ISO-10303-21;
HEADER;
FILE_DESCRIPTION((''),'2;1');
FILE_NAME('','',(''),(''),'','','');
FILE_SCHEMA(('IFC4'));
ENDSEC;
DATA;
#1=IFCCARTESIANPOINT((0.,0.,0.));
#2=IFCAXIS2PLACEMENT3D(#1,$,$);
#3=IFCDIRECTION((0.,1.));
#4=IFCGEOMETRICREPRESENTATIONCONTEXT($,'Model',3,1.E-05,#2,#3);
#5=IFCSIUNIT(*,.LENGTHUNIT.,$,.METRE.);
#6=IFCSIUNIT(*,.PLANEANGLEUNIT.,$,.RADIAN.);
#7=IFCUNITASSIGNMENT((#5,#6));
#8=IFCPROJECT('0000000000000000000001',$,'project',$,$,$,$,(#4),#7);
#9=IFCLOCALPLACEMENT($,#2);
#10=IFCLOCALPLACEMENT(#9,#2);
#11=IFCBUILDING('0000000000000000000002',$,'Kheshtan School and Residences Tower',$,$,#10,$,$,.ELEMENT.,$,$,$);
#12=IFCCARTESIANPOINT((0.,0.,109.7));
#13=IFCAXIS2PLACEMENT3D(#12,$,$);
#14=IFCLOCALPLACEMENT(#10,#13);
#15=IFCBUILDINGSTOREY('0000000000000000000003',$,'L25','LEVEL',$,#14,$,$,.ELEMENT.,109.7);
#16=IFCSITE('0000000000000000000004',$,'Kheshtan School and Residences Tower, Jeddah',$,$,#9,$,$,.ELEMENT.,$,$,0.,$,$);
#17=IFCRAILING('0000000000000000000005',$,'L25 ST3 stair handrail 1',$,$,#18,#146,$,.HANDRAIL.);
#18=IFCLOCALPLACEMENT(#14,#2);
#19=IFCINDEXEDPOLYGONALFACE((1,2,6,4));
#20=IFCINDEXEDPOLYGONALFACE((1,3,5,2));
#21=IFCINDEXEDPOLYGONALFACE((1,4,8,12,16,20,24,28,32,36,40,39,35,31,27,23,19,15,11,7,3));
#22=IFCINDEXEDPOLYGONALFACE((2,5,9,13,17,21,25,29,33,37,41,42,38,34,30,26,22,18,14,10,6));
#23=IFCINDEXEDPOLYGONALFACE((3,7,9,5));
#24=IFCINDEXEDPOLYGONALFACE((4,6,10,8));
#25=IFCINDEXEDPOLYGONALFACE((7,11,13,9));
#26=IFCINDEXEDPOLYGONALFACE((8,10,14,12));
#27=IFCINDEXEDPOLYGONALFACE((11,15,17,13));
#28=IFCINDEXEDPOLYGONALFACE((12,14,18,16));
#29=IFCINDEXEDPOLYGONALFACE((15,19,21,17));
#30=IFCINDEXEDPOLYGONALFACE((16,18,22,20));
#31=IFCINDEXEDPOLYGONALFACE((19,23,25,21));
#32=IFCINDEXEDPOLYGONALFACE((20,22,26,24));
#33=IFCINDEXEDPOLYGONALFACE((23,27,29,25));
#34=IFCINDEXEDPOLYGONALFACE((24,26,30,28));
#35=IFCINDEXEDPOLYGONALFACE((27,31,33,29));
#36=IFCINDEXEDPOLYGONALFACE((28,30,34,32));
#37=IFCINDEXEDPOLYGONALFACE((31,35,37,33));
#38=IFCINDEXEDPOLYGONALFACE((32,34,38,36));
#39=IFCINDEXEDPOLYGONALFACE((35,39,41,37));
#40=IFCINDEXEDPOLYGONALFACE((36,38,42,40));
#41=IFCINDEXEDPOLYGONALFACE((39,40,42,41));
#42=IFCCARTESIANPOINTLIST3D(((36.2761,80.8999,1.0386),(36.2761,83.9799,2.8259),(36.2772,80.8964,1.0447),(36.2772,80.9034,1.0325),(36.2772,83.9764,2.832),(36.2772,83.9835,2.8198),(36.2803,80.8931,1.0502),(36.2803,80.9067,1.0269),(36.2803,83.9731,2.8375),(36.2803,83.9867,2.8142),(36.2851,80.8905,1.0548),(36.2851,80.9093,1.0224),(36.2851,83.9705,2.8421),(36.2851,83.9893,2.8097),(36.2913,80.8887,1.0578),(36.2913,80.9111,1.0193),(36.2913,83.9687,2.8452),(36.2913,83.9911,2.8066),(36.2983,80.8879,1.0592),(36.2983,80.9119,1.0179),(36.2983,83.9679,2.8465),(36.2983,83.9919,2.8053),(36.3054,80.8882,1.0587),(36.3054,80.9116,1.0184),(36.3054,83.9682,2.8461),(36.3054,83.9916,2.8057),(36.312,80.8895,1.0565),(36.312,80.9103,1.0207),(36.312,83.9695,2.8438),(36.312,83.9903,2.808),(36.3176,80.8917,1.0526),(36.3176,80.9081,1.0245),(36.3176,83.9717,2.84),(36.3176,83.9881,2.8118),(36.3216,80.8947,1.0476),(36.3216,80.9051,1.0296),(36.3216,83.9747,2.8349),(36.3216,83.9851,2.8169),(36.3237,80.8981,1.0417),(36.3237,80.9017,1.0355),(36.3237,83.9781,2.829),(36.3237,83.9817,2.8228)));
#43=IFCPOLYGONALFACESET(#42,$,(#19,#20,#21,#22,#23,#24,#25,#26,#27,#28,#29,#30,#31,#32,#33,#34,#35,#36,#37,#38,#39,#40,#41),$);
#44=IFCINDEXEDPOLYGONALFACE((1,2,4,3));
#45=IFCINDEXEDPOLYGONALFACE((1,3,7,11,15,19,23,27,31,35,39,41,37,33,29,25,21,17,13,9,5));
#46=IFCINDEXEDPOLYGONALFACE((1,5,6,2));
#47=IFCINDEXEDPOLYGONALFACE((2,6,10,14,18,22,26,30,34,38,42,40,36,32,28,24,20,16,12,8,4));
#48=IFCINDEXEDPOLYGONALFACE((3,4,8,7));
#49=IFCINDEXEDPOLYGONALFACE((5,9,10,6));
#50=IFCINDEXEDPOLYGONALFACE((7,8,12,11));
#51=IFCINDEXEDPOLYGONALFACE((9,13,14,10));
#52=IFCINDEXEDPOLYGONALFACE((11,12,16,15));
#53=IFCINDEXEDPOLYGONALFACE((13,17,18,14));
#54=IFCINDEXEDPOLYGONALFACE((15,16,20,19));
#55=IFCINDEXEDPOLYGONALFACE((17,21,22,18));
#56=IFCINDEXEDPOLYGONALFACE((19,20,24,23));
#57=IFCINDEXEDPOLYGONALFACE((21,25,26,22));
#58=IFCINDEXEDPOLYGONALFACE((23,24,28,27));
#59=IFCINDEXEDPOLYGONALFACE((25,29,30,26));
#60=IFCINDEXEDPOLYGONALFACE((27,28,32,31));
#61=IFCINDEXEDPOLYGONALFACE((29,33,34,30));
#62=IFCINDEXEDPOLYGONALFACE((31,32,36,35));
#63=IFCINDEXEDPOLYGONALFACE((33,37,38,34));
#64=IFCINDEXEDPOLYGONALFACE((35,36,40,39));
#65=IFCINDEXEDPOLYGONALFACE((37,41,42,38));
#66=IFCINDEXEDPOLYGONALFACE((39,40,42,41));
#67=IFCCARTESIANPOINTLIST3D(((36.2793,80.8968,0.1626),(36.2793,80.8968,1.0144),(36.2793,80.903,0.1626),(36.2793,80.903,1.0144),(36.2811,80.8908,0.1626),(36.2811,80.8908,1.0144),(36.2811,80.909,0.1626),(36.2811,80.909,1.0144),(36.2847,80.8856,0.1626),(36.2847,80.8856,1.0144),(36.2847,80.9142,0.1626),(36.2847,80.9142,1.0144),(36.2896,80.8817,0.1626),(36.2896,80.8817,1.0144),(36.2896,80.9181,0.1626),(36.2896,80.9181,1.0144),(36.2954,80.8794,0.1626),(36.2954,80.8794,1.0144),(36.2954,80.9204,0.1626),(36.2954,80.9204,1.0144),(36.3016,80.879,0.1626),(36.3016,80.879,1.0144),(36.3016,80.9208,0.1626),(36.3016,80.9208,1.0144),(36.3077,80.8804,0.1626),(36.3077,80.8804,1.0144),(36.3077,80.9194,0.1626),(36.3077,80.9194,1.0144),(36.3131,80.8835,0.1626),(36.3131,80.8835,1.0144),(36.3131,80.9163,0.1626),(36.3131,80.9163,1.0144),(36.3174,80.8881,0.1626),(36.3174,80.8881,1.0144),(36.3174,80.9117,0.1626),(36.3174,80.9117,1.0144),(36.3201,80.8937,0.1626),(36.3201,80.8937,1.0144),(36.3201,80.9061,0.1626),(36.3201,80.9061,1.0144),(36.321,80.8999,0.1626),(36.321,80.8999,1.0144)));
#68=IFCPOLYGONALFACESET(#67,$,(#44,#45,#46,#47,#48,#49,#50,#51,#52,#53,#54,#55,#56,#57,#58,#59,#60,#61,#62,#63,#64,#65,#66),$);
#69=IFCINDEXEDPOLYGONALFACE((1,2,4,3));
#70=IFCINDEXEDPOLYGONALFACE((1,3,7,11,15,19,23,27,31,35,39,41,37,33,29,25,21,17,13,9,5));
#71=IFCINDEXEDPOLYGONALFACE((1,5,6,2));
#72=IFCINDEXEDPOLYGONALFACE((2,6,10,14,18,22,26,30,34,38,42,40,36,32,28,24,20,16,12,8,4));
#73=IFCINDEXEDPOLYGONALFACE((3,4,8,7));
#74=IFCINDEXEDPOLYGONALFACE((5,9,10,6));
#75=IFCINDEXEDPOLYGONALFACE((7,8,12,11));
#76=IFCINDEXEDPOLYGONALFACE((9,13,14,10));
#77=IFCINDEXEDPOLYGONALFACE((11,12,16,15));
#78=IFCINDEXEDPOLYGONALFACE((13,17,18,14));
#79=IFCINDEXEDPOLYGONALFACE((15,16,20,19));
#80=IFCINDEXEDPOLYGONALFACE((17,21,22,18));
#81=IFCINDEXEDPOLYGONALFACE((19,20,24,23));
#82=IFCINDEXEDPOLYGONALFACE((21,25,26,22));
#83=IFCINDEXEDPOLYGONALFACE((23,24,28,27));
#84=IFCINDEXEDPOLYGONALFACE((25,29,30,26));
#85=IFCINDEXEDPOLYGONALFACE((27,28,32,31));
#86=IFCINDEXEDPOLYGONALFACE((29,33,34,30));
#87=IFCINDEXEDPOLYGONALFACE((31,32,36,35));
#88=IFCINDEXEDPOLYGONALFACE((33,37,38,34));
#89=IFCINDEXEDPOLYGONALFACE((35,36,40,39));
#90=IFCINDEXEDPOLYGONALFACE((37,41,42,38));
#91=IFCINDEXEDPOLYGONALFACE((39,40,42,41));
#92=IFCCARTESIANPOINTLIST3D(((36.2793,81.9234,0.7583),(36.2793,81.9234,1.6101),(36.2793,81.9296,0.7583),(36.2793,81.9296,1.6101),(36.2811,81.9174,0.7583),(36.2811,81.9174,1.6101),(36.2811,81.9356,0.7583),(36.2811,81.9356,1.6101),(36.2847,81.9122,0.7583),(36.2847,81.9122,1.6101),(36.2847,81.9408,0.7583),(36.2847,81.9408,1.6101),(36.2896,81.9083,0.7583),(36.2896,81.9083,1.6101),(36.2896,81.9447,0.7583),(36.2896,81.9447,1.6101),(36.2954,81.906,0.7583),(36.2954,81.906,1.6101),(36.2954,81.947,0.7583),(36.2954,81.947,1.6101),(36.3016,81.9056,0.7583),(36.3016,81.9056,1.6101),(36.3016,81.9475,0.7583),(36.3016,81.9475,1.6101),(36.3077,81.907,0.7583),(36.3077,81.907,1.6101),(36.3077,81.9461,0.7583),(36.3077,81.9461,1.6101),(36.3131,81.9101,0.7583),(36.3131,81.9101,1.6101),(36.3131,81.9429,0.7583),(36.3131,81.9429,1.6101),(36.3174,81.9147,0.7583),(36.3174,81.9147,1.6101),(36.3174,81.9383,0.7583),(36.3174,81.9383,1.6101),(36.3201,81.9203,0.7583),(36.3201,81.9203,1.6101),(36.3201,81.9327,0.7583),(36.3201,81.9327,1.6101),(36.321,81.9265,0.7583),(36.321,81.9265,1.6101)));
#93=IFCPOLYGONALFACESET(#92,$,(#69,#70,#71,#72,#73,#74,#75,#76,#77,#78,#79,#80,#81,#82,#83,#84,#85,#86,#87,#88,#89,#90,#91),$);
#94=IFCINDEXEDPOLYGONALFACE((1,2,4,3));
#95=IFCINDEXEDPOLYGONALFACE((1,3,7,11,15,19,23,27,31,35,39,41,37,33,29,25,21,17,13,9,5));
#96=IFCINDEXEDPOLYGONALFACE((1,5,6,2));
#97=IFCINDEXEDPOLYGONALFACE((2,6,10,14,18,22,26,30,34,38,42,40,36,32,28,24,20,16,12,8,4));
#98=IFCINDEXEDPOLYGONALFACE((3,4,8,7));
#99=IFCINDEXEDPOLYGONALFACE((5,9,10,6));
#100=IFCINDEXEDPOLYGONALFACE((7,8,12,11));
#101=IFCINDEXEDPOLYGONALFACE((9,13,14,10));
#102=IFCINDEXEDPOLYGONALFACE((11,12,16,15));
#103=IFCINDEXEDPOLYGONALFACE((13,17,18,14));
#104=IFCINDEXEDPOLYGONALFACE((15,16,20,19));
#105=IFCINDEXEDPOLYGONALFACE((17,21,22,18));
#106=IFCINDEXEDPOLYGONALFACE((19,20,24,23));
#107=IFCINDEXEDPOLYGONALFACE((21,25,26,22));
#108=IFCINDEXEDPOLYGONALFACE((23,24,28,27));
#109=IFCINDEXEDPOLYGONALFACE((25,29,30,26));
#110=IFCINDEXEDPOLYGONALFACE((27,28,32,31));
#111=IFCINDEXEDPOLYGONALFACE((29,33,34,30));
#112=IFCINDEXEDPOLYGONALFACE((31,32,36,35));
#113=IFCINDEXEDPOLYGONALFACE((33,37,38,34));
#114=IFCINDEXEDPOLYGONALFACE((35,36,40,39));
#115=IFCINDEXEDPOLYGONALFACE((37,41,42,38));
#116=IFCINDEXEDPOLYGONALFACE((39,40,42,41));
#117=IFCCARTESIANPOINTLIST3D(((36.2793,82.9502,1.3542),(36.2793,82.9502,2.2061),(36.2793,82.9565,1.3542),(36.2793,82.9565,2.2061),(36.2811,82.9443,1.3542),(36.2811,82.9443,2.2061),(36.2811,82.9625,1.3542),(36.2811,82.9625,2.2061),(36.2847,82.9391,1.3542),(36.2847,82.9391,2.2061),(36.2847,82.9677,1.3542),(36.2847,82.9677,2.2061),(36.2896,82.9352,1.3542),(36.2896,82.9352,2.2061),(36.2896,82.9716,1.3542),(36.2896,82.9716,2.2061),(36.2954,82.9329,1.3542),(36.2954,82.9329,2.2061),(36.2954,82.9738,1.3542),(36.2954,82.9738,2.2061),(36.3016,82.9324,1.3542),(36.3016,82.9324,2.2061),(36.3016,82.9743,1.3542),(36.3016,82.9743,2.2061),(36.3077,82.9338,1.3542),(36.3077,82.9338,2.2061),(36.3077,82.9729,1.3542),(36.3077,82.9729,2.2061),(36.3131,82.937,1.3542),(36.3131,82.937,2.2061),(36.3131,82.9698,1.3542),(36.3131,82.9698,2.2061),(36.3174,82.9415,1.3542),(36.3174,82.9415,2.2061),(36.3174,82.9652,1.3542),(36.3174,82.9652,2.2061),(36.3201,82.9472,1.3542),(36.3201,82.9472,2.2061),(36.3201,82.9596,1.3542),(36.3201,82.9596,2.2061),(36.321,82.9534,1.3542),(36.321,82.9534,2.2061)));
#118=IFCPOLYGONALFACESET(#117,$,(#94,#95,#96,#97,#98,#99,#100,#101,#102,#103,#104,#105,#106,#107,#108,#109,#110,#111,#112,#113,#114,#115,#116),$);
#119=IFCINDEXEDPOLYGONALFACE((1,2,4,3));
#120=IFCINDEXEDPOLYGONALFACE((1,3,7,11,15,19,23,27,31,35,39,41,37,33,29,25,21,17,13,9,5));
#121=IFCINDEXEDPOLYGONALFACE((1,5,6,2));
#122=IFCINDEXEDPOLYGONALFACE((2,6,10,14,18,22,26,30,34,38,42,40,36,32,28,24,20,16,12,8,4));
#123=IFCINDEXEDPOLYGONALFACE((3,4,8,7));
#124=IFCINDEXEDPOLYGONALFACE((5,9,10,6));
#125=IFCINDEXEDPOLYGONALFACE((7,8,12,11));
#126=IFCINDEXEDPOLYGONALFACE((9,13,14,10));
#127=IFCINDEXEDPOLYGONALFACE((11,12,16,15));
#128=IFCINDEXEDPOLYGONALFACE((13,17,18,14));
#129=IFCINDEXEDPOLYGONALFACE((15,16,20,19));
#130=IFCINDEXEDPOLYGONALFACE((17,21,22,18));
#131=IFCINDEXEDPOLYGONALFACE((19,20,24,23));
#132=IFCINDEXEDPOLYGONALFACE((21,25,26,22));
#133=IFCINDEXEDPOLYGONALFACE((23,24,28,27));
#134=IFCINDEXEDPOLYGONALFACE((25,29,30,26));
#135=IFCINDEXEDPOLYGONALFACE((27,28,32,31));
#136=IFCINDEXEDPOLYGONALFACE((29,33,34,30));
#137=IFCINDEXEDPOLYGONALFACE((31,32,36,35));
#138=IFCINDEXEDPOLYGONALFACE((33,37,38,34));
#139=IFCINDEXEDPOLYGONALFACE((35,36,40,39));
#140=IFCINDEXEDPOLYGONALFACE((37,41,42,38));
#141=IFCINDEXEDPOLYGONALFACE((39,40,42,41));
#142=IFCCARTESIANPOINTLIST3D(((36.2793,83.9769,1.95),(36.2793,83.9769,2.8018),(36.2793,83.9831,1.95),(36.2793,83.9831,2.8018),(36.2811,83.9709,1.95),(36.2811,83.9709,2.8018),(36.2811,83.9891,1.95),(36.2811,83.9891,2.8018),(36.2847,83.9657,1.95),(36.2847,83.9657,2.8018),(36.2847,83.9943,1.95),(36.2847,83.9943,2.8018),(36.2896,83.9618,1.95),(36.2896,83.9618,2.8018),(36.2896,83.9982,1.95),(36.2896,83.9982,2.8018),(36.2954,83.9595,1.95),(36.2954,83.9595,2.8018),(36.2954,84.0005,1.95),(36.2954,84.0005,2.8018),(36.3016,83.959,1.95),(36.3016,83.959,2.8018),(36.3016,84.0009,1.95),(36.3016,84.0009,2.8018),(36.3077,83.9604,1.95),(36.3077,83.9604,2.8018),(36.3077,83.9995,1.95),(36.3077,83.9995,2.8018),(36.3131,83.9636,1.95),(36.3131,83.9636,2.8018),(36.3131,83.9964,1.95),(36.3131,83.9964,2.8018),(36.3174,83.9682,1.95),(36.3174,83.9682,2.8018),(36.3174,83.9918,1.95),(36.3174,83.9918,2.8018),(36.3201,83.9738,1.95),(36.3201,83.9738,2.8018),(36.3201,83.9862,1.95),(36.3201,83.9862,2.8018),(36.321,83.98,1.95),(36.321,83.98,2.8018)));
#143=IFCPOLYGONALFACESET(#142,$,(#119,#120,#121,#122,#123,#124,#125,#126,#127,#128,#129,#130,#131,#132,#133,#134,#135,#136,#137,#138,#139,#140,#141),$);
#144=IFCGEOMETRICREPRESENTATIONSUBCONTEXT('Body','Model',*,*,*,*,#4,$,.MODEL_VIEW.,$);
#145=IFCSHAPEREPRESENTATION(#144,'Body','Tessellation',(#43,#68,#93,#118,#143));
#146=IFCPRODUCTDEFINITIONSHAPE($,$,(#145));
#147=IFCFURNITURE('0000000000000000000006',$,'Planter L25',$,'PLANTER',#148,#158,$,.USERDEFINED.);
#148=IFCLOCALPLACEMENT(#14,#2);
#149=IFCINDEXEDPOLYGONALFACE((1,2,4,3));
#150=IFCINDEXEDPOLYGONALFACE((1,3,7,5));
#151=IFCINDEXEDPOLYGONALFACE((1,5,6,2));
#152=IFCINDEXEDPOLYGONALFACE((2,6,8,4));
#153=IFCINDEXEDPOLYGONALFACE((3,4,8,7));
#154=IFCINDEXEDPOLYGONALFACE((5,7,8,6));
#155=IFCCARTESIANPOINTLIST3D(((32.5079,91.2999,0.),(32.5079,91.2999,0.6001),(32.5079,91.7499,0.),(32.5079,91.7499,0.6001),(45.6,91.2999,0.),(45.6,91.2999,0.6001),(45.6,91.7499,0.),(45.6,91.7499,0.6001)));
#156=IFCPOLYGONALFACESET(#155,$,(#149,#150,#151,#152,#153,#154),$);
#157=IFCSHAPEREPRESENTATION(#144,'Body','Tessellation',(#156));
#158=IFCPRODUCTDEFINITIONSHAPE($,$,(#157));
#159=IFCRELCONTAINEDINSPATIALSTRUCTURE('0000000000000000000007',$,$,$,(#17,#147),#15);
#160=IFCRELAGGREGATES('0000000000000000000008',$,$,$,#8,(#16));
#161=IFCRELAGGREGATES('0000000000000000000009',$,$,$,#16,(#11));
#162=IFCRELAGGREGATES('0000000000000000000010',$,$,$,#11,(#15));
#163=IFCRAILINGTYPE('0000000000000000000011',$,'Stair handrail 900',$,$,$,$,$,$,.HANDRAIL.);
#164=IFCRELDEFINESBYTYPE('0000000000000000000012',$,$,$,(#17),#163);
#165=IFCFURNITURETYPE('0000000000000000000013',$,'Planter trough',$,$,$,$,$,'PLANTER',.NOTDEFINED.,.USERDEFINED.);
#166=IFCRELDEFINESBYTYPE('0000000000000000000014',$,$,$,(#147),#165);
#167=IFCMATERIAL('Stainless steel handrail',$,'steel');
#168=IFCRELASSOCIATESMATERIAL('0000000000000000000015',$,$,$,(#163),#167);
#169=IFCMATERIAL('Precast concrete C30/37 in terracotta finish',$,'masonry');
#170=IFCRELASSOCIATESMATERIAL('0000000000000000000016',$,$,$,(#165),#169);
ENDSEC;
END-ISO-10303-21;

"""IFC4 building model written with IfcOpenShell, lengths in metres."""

from ifc_helpers import new_model, si_unit, direction, frame, origin, origin_2d, place, context, subcontext, project, spatial, rectangle, circle, extrude, material, type_object, element, save


model = new_model("IFC4")

# Units and contexts
model_context = context("Model", 3, precision=1e-05, world=origin(), true_north=direction((0.0, 1.0)))
body_context = subcontext(model_context, "Body", "Model", "MODEL_VIEW")
ifc_project = project(units=[si_unit("LENGTHUNIT", "METRE"), si_unit("PLANEANGLEUNIT", "RADIAN")], contexts=[model_context])

# Site, building, storey
site_placement = place(None, origin())
site = spatial("IfcSite", under=ifc_project, at=site_placement, Name="Kheshtan School and Residences Tower, Jeddah", CompositionType="ELEMENT", RefElevation=0.0)
building_placement = place(site_placement, origin())
building = spatial("IfcBuilding", under=site, at=building_placement, Name="Kheshtan School and Residences Tower", CompositionType="ELEMENT")
storey_placement = place(building_placement, frame((0.0, 0.0, 109.7)))
storey = spatial("IfcBuildingStorey", under=building, at=storey_placement, Name="L25", Description="LEVEL", CompositionType="ELEMENT", Elevation=109.7)

# Railing
ifc_material_1 = material(Name="Stainless steel handrail", Category="steel")
railing_type = type_object("IfcRailingType", Name="Stair handrail 900", PredefinedType="HANDRAIL", material=ifc_material_1)
railing_placement = place(storey_placement, frame((36.3, 80.8999, 0.1626)))
element("IfcRailing", 1, at=railing_placement, inside=storey, type_object=railing_type, Name="L25 ST3 stair handrail 1", PredefinedType="HANDRAIL", context=body_context, shape_type="SweptSolid", body=[
    extrude(circle(Radius=0.0239, at=origin_2d()), frame((0.0, 0.0, 0.876), z_axis=(0.0, 0.86492, 0.501909), x_axis=(-1.0, 0.0, 0.0)), (0.0, 0.0, 1.0), 3.561),
    extrude(circle(Radius=0.021, at=origin_2d()), origin(), (0.0, 0.0, 1.0), 0.8518),
    extrude(circle(Radius=0.021, at=origin_2d()), frame((0.0, 1.0266, 0.5957)), (0.0, 0.0, 1.0), 0.8518),
    extrude(circle(Radius=0.021, at=origin_2d()), frame((0.0, 2.0535, 1.1917)), (0.0, 0.0, 1.0), 0.8518),
    extrude(circle(Radius=0.021, at=origin_2d()), frame((0.0, 3.0801, 1.7874)), (0.0, 0.0, 1.0), 0.8518),
])

# Furniture
ifc_material_2 = material(Name="Precast concrete C30/37 in terracotta finish", Category="masonry")
furniture_type = type_object("IfcFurnitureType", Name="Planter trough", ElementType="PLANTER", AssemblyPlace="NOTDEFINED", PredefinedType="USERDEFINED", material=ifc_material_2)
furniture_placement = place(storey_placement, frame((39.054, 91.5249, 0.0), z_axis=(0.0, 0.0, 1.0), x_axis=(1.0, 0.0, 0.0)))
element("IfcFurniture", 2, at=furniture_placement, inside=storey, type_object=furniture_type, Name="Planter L25", ObjectType="PLANTER", PredefinedType="USERDEFINED", context=body_context, shape_type="SweptSolid", body=[
    extrude(rectangle(XDim=13.092, YDim=0.45, at=origin_2d()), origin(), (0.0, 0.0, 1.0), 0.6001),
])

save(model, "model.ifc")
